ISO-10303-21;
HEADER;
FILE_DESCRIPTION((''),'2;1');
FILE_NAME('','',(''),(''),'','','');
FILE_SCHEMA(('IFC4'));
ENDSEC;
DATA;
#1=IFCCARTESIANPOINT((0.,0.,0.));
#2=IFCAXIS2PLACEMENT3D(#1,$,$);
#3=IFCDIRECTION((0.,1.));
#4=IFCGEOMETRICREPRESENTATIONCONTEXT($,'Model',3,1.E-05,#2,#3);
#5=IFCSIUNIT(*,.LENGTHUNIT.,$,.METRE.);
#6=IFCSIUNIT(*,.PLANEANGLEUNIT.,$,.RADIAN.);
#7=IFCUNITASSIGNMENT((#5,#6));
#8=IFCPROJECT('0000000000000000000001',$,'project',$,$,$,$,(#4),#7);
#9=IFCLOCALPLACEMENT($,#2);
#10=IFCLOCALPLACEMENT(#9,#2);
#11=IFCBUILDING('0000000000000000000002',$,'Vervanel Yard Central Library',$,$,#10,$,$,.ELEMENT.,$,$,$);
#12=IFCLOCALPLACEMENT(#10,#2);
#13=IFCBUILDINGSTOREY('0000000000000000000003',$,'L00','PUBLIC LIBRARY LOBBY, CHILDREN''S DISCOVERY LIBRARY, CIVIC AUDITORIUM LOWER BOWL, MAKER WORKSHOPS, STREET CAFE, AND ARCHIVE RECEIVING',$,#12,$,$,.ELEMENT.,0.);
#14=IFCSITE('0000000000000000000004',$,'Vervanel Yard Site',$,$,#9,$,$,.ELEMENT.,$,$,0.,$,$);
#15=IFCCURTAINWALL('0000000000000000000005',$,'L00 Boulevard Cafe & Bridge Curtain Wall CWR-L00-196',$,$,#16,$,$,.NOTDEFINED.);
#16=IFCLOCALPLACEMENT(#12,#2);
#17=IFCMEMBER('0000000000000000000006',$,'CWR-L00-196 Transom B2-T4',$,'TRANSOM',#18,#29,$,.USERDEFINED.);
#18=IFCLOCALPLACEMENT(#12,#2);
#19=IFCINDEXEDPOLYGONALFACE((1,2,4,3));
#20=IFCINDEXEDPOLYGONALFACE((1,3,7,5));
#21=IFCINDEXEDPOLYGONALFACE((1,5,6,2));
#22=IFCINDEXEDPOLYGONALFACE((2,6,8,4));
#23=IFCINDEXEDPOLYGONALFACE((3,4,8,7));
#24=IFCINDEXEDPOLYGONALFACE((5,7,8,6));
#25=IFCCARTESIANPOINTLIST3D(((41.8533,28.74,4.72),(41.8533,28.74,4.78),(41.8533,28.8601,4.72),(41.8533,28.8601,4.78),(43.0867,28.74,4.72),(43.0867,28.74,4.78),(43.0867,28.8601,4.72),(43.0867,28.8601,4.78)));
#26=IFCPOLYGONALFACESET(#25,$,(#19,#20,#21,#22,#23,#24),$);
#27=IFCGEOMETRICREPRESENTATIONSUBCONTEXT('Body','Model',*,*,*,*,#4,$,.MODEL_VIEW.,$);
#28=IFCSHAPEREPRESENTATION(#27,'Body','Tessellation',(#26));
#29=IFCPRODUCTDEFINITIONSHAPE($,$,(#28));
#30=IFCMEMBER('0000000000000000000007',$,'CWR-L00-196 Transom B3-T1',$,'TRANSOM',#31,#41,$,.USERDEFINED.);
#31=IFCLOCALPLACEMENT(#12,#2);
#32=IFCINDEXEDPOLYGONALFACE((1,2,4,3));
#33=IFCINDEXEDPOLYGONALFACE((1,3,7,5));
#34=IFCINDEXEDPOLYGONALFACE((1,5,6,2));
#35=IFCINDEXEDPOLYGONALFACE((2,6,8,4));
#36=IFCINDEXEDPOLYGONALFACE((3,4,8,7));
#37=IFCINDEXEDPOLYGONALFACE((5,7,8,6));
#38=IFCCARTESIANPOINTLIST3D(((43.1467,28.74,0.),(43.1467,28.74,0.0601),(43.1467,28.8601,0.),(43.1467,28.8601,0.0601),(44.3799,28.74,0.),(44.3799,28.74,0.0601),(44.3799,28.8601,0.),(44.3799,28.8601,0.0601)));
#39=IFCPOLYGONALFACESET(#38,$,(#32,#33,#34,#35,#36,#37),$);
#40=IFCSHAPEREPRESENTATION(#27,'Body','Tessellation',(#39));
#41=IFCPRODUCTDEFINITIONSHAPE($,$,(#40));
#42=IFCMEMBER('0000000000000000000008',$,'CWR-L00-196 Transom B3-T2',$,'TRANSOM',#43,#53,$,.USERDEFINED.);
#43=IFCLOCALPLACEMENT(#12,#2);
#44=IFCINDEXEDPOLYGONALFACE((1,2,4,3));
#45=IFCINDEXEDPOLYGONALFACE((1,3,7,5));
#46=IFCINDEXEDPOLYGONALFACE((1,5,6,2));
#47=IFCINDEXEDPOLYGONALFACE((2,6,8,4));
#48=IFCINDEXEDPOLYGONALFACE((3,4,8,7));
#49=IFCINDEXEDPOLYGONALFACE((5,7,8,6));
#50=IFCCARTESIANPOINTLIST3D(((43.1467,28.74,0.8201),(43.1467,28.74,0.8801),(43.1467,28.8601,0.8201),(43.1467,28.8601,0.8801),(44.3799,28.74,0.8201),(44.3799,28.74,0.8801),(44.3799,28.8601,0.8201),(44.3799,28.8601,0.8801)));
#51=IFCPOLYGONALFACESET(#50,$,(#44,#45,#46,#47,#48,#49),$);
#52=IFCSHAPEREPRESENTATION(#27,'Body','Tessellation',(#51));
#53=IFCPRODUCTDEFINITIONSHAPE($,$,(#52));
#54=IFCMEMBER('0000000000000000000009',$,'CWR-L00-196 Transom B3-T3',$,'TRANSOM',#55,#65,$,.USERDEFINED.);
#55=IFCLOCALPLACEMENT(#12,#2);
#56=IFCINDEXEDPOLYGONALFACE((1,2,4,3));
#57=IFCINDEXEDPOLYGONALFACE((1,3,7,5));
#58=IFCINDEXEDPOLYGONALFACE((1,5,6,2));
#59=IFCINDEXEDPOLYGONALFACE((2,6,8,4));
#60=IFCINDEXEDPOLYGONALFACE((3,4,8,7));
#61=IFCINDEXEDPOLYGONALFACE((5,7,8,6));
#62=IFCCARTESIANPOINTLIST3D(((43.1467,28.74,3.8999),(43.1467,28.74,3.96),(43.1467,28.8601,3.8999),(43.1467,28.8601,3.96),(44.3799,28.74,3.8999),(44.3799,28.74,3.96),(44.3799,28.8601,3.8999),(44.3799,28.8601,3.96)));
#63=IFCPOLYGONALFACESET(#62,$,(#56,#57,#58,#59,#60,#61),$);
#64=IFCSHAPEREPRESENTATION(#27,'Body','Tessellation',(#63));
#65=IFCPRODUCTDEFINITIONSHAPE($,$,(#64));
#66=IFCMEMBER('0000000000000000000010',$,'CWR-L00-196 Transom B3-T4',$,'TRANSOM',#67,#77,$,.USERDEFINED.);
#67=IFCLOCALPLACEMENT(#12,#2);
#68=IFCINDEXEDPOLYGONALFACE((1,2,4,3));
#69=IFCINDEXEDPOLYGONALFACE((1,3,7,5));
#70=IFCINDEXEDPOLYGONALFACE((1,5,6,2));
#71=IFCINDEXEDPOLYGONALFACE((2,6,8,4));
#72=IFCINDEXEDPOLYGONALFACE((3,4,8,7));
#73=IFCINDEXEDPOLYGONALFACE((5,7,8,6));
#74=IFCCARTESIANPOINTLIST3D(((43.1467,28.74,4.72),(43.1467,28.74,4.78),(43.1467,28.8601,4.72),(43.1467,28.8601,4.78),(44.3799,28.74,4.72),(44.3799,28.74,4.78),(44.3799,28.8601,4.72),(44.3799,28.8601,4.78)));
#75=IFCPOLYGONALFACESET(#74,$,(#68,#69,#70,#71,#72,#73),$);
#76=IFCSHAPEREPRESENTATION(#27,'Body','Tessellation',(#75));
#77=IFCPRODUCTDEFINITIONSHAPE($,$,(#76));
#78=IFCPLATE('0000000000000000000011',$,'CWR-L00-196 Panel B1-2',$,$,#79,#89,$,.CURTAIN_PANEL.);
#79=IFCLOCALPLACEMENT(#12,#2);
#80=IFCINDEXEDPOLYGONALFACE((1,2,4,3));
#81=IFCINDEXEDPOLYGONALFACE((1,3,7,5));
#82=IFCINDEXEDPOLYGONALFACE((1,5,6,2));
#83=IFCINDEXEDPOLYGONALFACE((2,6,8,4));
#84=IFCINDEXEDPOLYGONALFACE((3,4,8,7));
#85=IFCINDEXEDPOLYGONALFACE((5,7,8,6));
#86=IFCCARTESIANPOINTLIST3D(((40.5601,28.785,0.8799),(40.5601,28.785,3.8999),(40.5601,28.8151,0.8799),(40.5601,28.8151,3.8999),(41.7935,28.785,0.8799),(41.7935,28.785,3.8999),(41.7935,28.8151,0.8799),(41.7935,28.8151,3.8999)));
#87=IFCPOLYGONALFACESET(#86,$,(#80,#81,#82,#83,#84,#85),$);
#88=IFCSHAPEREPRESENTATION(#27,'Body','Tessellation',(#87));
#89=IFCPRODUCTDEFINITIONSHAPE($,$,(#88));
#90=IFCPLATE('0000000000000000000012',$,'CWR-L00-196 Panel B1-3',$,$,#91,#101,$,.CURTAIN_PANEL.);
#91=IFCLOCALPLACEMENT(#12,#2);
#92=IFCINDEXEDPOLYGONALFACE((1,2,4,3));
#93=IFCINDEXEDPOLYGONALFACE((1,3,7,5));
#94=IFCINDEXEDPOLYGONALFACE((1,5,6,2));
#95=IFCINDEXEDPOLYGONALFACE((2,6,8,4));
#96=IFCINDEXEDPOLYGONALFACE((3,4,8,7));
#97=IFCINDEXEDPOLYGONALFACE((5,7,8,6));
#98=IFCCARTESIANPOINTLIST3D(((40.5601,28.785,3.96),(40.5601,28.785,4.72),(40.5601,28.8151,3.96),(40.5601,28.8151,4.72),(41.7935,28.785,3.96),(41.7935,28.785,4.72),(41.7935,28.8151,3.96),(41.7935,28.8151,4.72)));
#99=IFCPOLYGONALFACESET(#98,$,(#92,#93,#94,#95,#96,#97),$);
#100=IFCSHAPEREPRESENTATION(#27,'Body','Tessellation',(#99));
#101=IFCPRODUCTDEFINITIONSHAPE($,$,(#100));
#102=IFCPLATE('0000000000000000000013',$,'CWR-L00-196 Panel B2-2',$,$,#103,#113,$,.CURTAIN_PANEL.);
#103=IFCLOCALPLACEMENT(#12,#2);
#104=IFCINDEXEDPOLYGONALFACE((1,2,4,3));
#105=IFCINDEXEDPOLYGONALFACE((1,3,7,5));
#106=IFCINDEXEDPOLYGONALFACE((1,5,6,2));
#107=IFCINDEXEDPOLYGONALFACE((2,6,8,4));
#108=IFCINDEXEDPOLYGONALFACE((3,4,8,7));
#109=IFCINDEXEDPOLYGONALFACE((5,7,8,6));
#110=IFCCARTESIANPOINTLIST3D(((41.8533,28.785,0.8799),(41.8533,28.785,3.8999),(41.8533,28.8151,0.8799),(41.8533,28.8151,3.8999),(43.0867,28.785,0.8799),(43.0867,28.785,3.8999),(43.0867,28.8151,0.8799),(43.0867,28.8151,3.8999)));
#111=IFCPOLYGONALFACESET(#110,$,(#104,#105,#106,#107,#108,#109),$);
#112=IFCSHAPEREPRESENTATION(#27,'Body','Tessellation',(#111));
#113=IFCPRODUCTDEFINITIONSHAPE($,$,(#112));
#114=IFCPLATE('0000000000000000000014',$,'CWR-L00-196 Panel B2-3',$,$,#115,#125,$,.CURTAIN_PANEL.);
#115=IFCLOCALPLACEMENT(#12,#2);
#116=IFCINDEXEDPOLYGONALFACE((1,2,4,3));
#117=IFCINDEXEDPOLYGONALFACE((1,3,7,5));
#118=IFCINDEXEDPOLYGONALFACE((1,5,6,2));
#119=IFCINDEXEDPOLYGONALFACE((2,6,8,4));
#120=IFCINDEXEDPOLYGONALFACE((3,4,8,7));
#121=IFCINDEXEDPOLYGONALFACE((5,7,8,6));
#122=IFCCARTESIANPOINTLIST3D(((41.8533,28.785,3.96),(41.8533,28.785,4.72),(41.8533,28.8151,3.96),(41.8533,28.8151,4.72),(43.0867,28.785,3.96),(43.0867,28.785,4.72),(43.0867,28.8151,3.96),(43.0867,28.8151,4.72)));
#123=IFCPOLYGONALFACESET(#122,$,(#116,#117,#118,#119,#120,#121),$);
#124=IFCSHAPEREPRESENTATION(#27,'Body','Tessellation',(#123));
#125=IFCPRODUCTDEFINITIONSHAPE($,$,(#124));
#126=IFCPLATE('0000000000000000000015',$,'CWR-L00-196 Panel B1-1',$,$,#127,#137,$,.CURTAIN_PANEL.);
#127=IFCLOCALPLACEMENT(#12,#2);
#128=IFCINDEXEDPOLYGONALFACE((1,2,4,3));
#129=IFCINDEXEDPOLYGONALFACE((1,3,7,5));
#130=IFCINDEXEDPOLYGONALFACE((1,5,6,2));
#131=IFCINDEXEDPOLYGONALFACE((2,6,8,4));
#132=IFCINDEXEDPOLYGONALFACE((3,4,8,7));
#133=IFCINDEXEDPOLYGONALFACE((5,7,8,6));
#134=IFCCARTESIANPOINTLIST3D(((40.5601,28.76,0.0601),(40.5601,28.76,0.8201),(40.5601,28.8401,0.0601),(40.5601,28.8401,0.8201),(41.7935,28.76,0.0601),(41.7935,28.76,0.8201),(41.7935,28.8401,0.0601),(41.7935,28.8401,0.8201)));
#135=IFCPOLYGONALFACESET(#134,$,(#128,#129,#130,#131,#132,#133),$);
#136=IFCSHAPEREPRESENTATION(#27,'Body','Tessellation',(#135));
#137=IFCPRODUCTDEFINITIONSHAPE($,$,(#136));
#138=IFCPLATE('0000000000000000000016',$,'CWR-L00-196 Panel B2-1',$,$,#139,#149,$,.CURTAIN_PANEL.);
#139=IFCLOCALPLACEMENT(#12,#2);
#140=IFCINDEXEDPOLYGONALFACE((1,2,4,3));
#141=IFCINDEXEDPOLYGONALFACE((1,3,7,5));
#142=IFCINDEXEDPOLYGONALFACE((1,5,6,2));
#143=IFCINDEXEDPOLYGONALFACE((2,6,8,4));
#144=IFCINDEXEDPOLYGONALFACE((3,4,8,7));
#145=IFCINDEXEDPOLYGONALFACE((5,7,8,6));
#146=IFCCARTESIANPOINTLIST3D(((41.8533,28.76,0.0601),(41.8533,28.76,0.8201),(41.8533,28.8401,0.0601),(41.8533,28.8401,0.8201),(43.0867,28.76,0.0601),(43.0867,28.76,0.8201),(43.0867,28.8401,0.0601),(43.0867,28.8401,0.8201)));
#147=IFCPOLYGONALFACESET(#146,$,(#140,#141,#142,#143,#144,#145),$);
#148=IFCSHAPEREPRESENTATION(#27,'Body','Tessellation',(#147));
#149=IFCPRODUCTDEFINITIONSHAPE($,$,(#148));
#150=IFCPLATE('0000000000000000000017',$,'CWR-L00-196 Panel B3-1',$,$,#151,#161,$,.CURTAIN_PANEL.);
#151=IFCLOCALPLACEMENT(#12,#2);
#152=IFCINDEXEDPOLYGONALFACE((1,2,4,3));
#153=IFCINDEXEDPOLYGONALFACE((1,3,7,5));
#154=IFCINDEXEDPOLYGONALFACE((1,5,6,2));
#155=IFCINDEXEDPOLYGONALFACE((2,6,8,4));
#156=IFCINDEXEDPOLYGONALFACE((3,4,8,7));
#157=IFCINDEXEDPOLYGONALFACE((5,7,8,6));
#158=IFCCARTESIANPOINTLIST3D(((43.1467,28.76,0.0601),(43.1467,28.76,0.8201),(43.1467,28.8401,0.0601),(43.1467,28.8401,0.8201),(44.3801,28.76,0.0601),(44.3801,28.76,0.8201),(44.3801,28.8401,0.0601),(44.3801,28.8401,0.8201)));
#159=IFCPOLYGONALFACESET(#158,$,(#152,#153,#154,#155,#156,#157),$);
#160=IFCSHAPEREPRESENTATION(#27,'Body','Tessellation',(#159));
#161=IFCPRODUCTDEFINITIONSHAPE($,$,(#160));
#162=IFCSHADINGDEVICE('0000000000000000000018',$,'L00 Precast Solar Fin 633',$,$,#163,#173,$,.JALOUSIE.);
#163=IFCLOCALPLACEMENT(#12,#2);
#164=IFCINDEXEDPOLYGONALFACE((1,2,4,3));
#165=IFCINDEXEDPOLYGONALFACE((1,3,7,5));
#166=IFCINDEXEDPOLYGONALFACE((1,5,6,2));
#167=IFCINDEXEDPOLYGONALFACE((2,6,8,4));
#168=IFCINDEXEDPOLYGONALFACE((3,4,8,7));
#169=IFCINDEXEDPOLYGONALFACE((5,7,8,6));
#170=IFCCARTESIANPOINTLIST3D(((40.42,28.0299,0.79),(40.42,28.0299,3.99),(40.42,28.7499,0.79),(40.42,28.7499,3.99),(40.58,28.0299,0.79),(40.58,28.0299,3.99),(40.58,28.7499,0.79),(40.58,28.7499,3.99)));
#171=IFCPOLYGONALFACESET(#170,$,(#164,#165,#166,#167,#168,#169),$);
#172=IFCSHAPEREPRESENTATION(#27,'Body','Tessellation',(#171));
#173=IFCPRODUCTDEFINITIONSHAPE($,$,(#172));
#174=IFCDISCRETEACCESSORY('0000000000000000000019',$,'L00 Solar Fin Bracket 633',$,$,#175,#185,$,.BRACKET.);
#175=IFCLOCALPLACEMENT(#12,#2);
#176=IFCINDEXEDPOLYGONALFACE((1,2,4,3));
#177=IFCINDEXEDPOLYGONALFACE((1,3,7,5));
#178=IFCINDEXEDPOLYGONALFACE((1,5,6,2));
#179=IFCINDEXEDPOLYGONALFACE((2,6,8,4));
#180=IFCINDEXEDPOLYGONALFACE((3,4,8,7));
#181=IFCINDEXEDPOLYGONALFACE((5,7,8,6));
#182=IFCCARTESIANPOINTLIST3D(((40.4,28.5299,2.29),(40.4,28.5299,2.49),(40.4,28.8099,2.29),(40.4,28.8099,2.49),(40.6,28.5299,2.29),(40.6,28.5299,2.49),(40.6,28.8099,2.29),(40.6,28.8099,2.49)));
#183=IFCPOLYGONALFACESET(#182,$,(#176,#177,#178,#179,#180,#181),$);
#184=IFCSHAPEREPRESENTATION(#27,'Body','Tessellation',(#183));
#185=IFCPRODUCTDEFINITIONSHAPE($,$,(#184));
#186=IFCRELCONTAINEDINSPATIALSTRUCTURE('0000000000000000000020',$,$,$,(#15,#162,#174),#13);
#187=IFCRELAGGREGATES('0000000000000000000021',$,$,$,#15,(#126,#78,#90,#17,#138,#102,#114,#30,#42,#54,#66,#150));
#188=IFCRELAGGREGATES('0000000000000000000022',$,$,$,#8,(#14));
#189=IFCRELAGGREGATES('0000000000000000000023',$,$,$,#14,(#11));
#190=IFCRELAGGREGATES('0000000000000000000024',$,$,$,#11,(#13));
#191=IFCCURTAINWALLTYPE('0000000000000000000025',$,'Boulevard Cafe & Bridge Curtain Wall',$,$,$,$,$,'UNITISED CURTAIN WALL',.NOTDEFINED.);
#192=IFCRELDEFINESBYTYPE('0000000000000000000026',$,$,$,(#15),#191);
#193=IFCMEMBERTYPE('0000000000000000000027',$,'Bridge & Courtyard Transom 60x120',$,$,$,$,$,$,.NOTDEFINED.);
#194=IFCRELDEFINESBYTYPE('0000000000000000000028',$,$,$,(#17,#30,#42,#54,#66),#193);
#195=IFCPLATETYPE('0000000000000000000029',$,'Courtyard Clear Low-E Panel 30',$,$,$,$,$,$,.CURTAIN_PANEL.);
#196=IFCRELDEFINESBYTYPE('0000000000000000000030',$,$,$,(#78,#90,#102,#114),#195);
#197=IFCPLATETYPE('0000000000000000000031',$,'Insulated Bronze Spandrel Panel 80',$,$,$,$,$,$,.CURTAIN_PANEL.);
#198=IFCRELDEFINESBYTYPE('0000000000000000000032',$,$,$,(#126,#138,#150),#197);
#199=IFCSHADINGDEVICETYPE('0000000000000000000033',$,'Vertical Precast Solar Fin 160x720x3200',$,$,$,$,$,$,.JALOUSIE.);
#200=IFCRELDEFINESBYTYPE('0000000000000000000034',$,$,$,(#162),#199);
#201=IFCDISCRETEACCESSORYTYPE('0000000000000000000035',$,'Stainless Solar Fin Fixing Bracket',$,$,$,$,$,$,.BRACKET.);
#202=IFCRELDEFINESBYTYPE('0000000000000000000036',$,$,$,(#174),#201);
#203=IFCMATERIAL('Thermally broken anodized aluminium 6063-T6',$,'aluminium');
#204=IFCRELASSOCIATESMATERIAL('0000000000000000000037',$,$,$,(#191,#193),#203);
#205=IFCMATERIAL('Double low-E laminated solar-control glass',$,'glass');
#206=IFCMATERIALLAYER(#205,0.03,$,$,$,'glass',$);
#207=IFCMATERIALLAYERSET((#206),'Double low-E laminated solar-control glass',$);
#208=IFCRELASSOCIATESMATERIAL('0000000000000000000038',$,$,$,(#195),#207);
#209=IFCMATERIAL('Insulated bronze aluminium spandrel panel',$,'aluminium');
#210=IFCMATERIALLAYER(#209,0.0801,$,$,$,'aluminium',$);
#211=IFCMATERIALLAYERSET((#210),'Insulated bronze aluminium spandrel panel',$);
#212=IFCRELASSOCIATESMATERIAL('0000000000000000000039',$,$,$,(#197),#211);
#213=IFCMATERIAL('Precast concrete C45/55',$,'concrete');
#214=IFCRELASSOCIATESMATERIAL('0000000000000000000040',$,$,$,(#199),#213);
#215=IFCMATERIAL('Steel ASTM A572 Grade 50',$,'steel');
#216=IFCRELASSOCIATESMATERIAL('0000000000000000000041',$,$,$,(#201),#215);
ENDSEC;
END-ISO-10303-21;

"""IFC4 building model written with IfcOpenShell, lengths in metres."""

from ifc_helpers import new_model, si_unit, direction, frame, origin, origin_2d, place, context, subcontext, project, spatial, rectangle, extrude, material, layer, layer_set, material_profile, profile_set, type_object, element, aggregate, save


model = new_model("IFC4")

# Units and contexts
model_context = context("Model", 3, precision=1e-05, world=origin(), true_north=direction((0.0, 1.0)))
body_context = subcontext(model_context, "Body", "Model", "MODEL_VIEW")
ifc_project = project(units=[si_unit("LENGTHUNIT", "METRE"), si_unit("PLANEANGLEUNIT", "RADIAN")], contexts=[model_context])

# Site, building, storey
site_placement = place(None, origin())
site = spatial("IfcSite", under=ifc_project, at=site_placement, Name="Vervanel Yard Site", CompositionType="ELEMENT", RefElevation=0.0)
building_placement = place(site_placement, origin())
building = spatial("IfcBuilding", under=site, at=building_placement, Name="Vervanel Yard Central Library", CompositionType="ELEMENT")
storey_placement = place(building_placement, origin())
storey = spatial("IfcBuildingStorey", under=building, at=storey_placement, Name="L00", Description="PUBLIC LIBRARY LOBBY, CHILDREN'S DISCOVERY LIBRARY, CIVIC AUDITORIUM LOWER BOWL, MAKER WORKSHOPS, STREET CAFE, AND ARCHIVE RECEIVING", CompositionType="ELEMENT", Elevation=0.0)

# Shared definitions
ifc_material_1 = material(Name="Thermally broken anodized aluminium 6063-T6", Category="aluminium")
curtain_wall_type = type_object("IfcCurtainWallType", Name="Boulevard Cafe & Bridge Curtain Wall", ElementType="UNITISED CURTAIN WALL", PredefinedType="NOTDEFINED", material=ifc_material_1)

# Curtain wall, members, plates
curtain_wall_1_placement = place(storey_placement, origin())
curtain_wall_1 = element("IfcCurtainWall", 1, at=curtain_wall_1_placement, inside=storey, type_object=curtain_wall_type, Name="L00 Boulevard Cafe & Bridge Curtain Wall CWR-L00-196", PredefinedType="NOTDEFINED")
ifc_material_profile_1 = material_profile(ifc_material_1, rectangle(XDim=0.0601, YDim=0.1201, at=origin_2d()), Name="ALU 60x120", Category="aluminium")
ifc_profile_set_1 = profile_set([ifc_material_profile_1], Name="Thermally broken anodized aluminium 6063-T6")
member_type_1 = type_object("IfcMemberType", Name="Bridge & Courtyard Transom 60x120", PredefinedType="NOTDEFINED", material=ifc_profile_set_1)
member_1_placement = place(storey_placement, frame((41.8533, 28.8, 4.75), z_axis=(1.0, 0.0, 0.0), x_axis=(0.0, 0.0, 1.0)))
member_1 = element("IfcMember", 2, at=member_1_placement, type_object=member_type_1, Name="CWR-L00-196 Transom B2-T4", ObjectType="TRANSOM", PredefinedType="USERDEFINED", context=body_context, shape_type="SweptSolid", body=[
    extrude(rectangle(XDim=0.0601, YDim=0.1201, at=origin_2d()), origin(), (0.0, 0.0, 1.0), 1.2334),
])
member_2_placement = place(storey_placement, frame((43.1467, 28.8, 0.03), z_axis=(1.0, 0.0, 0.0), x_axis=(0.0, 0.0, 1.0)))
member_2 = element("IfcMember", 3, at=member_2_placement, type_object=member_type_1, Name="CWR-L00-196 Transom B3-T1", ObjectType="TRANSOM", PredefinedType="USERDEFINED", context=body_context, shape_type="SweptSolid", body=[
    extrude(rectangle(XDim=0.0601, YDim=0.1201, at=origin_2d()), origin(), (0.0, 0.0, 1.0), 1.2332),
])
member_3_placement = place(storey_placement, frame((43.1467, 28.8, 0.8501), z_axis=(1.0, 0.0, 0.0), x_axis=(0.0, 0.0, 1.0)))
member_3 = element("IfcMember", 4, at=member_3_placement, type_object=member_type_1, Name="CWR-L00-196 Transom B3-T2", ObjectType="TRANSOM", PredefinedType="USERDEFINED", context=body_context, shape_type="SweptSolid", body=[
    extrude(rectangle(XDim=0.0601, YDim=0.1201, at=origin_2d()), origin(), (0.0, 0.0, 1.0), 1.2332),
])
member_4_placement = place(storey_placement, frame((43.1467, 28.8, 3.9299), z_axis=(1.0, 0.0, 0.0), x_axis=(0.0, 0.0, 1.0)))
member_4 = element("IfcMember", 5, at=member_4_placement, type_object=member_type_1, Name="CWR-L00-196 Transom B3-T3", ObjectType="TRANSOM", PredefinedType="USERDEFINED", context=body_context, shape_type="SweptSolid", body=[
    extrude(rectangle(XDim=0.0601, YDim=0.1201, at=origin_2d()), origin(), (0.0, 0.0, 1.0), 1.2332),
])
member_5_placement = place(storey_placement, frame((43.1467, 28.8, 4.75), z_axis=(1.0, 0.0, 0.0), x_axis=(0.0, 0.0, 1.0)))
member_5 = element("IfcMember", 6, at=member_5_placement, type_object=member_type_1, Name="CWR-L00-196 Transom B3-T4", ObjectType="TRANSOM", PredefinedType="USERDEFINED", context=body_context, shape_type="SweptSolid", body=[
    extrude(rectangle(XDim=0.0601, YDim=0.1201, at=origin_2d()), origin(), (0.0, 0.0, 1.0), 1.2332),
])
ifc_material_2 = material(Name="Double low-E laminated solar-control glass", Category="glass")
ifc_layer_1 = layer(ifc_material_2, 0.03, Category="glass")
ifc_layer_set_1 = layer_set([ifc_layer_1], Name="Double low-E laminated solar-control glass")
plate_type_1 = type_object("IfcPlateType", Name="Courtyard Clear Low-E Panel 30", PredefinedType="CURTAIN_PANEL", material=ifc_layer_set_1)
plate_1_placement = place(storey_placement, frame((41.1768, 28.8, 0.8799), z_axis=(0.0, 0.0, 1.0), x_axis=(1.0, 0.0, 0.0)))
plate_1 = element("IfcPlate", 7, at=plate_1_placement, type_object=plate_type_1, Name="CWR-L00-196 Panel B1-2", PredefinedType="CURTAIN_PANEL", context=body_context, shape_type="SweptSolid", body=[
    extrude(rectangle(XDim=1.2334, YDim=0.03, at=origin_2d()), origin(), (0.0, 0.0, 1.0), 3.02),
])
plate_2_placement = place(storey_placement, frame((41.1768, 28.8, 3.96), z_axis=(0.0, 0.0, 1.0), x_axis=(1.0, 0.0, 0.0)))
plate_2 = element("IfcPlate", 8, at=plate_2_placement, type_object=plate_type_1, Name="CWR-L00-196 Panel B1-3", PredefinedType="CURTAIN_PANEL", context=body_context, shape_type="SweptSolid", body=[
    extrude(rectangle(XDim=1.2334, YDim=0.03, at=origin_2d()), origin(), (0.0, 0.0, 1.0), 0.76),
])
plate_3_placement = place(storey_placement, frame((42.47, 28.8, 0.8799), z_axis=(0.0, 0.0, 1.0), x_axis=(1.0, 0.0, 0.0)))
plate_3 = element("IfcPlate", 9, at=plate_3_placement, type_object=plate_type_1, Name="CWR-L00-196 Panel B2-2", PredefinedType="CURTAIN_PANEL", context=body_context, shape_type="SweptSolid", body=[
    extrude(rectangle(XDim=1.2334, YDim=0.03, at=origin_2d()), origin(), (0.0, 0.0, 1.0), 3.02),
])
plate_4_placement = place(storey_placement, frame((42.47, 28.8, 3.96), z_axis=(0.0, 0.0, 1.0), x_axis=(1.0, 0.0, 0.0)))
plate_4 = element("IfcPlate", 10, at=plate_4_placement, type_object=plate_type_1, Name="CWR-L00-196 Panel B2-3", PredefinedType="CURTAIN_PANEL", context=body_context, shape_type="SweptSolid", body=[
    extrude(rectangle(XDim=1.2334, YDim=0.03, at=origin_2d()), origin(), (0.0, 0.0, 1.0), 0.76),
])
ifc_material_3 = material(Name="Insulated bronze aluminium spandrel panel", Category="aluminium")
ifc_layer_2 = layer(ifc_material_3, 0.0801, Category="aluminium")
ifc_layer_set_2 = layer_set([ifc_layer_2], Name="Insulated bronze aluminium spandrel panel")
plate_type_2 = type_object("IfcPlateType", Name="Insulated Bronze Spandrel Panel 80", PredefinedType="CURTAIN_PANEL", material=ifc_layer_set_2)
plate_5_placement = place(storey_placement, frame((41.1768, 28.8, 0.0601), z_axis=(0.0, 0.0, 1.0), x_axis=(1.0, 0.0, 0.0)))
plate_5 = element("IfcPlate", 11, at=plate_5_placement, type_object=plate_type_2, Name="CWR-L00-196 Panel B1-1", PredefinedType="CURTAIN_PANEL", context=body_context, shape_type="SweptSolid", body=[
    extrude(rectangle(XDim=1.2334, YDim=0.0801, at=origin_2d()), origin(), (0.0, 0.0, 1.0), 0.76),
])
plate_6_placement = place(storey_placement, frame((42.47, 28.8, 0.0601), z_axis=(0.0, 0.0, 1.0), x_axis=(1.0, 0.0, 0.0)))
plate_6 = element("IfcPlate", 12, at=plate_6_placement, type_object=plate_type_2, Name="CWR-L00-196 Panel B2-1", PredefinedType="CURTAIN_PANEL", context=body_context, shape_type="SweptSolid", body=[
    extrude(rectangle(XDim=1.2334, YDim=0.0801, at=origin_2d()), origin(), (0.0, 0.0, 1.0), 0.76),
])
plate_7_placement = place(storey_placement, frame((43.7634, 28.8, 0.0601), z_axis=(0.0, 0.0, 1.0), x_axis=(1.0, 0.0, 0.0)))
plate_7 = element("IfcPlate", 13, at=plate_7_placement, type_object=plate_type_2, Name="CWR-L00-196 Panel B3-1", PredefinedType="CURTAIN_PANEL", context=body_context, shape_type="SweptSolid", body=[
    extrude(rectangle(XDim=1.2334, YDim=0.0801, at=origin_2d()), origin(), (0.0, 0.0, 1.0), 0.76),
])
aggregate(curtain_wall_1, [plate_5, plate_1, plate_2, member_1, plate_6, plate_3, plate_4, member_2, member_3, member_4, member_5, plate_7])

# Shading device
ifc_material_4 = material(Name="Precast concrete C45/55", Category="concrete")
shading_device_type = type_object("IfcShadingDeviceType", Name="Vertical Precast Solar Fin 160x720x3200", PredefinedType="JALOUSIE", material=ifc_material_4)
shading_device_placement = place(storey_placement, frame((40.5, 28.3899, 0.79), z_axis=(0.0, 0.0, 1.0), x_axis=(1.0, 0.0, 0.0)))
element("IfcShadingDevice", 14, at=shading_device_placement, inside=storey, type_object=shading_device_type, Name="L00 Precast Solar Fin 633", PredefinedType="JALOUSIE", context=body_context, shape_type="SweptSolid", body=[
    extrude(rectangle(XDim=0.1599, YDim=0.72, at=origin_2d()), origin(), (0.0, 0.0, 1.0), 3.2),
])

# Discrete accessory
ifc_material_5 = material(Name="Steel ASTM A572 Grade 50", Category="steel")
discrete_accessory_type = type_object("IfcDiscreteAccessoryType", Name="Stainless Solar Fin Fixing Bracket", PredefinedType="BRACKET", material=ifc_material_5)
discrete_accessory_placement = place(storey_placement, frame((40.5, 28.6699, 2.29), z_axis=(0.0, 0.0, 1.0), x_axis=(1.0, 0.0, 0.0)))
element("IfcDiscreteAccessory", 15, at=discrete_accessory_placement, inside=storey, type_object=discrete_accessory_type, Name="L00 Solar Fin Bracket 633", PredefinedType="BRACKET", context=body_context, shape_type="SweptSolid", body=[
    extrude(rectangle(XDim=0.2, YDim=0.28, at=origin_2d()), origin(), (0.0, 0.0, 1.0), 0.2),
])

save(model, "model.ifc")
